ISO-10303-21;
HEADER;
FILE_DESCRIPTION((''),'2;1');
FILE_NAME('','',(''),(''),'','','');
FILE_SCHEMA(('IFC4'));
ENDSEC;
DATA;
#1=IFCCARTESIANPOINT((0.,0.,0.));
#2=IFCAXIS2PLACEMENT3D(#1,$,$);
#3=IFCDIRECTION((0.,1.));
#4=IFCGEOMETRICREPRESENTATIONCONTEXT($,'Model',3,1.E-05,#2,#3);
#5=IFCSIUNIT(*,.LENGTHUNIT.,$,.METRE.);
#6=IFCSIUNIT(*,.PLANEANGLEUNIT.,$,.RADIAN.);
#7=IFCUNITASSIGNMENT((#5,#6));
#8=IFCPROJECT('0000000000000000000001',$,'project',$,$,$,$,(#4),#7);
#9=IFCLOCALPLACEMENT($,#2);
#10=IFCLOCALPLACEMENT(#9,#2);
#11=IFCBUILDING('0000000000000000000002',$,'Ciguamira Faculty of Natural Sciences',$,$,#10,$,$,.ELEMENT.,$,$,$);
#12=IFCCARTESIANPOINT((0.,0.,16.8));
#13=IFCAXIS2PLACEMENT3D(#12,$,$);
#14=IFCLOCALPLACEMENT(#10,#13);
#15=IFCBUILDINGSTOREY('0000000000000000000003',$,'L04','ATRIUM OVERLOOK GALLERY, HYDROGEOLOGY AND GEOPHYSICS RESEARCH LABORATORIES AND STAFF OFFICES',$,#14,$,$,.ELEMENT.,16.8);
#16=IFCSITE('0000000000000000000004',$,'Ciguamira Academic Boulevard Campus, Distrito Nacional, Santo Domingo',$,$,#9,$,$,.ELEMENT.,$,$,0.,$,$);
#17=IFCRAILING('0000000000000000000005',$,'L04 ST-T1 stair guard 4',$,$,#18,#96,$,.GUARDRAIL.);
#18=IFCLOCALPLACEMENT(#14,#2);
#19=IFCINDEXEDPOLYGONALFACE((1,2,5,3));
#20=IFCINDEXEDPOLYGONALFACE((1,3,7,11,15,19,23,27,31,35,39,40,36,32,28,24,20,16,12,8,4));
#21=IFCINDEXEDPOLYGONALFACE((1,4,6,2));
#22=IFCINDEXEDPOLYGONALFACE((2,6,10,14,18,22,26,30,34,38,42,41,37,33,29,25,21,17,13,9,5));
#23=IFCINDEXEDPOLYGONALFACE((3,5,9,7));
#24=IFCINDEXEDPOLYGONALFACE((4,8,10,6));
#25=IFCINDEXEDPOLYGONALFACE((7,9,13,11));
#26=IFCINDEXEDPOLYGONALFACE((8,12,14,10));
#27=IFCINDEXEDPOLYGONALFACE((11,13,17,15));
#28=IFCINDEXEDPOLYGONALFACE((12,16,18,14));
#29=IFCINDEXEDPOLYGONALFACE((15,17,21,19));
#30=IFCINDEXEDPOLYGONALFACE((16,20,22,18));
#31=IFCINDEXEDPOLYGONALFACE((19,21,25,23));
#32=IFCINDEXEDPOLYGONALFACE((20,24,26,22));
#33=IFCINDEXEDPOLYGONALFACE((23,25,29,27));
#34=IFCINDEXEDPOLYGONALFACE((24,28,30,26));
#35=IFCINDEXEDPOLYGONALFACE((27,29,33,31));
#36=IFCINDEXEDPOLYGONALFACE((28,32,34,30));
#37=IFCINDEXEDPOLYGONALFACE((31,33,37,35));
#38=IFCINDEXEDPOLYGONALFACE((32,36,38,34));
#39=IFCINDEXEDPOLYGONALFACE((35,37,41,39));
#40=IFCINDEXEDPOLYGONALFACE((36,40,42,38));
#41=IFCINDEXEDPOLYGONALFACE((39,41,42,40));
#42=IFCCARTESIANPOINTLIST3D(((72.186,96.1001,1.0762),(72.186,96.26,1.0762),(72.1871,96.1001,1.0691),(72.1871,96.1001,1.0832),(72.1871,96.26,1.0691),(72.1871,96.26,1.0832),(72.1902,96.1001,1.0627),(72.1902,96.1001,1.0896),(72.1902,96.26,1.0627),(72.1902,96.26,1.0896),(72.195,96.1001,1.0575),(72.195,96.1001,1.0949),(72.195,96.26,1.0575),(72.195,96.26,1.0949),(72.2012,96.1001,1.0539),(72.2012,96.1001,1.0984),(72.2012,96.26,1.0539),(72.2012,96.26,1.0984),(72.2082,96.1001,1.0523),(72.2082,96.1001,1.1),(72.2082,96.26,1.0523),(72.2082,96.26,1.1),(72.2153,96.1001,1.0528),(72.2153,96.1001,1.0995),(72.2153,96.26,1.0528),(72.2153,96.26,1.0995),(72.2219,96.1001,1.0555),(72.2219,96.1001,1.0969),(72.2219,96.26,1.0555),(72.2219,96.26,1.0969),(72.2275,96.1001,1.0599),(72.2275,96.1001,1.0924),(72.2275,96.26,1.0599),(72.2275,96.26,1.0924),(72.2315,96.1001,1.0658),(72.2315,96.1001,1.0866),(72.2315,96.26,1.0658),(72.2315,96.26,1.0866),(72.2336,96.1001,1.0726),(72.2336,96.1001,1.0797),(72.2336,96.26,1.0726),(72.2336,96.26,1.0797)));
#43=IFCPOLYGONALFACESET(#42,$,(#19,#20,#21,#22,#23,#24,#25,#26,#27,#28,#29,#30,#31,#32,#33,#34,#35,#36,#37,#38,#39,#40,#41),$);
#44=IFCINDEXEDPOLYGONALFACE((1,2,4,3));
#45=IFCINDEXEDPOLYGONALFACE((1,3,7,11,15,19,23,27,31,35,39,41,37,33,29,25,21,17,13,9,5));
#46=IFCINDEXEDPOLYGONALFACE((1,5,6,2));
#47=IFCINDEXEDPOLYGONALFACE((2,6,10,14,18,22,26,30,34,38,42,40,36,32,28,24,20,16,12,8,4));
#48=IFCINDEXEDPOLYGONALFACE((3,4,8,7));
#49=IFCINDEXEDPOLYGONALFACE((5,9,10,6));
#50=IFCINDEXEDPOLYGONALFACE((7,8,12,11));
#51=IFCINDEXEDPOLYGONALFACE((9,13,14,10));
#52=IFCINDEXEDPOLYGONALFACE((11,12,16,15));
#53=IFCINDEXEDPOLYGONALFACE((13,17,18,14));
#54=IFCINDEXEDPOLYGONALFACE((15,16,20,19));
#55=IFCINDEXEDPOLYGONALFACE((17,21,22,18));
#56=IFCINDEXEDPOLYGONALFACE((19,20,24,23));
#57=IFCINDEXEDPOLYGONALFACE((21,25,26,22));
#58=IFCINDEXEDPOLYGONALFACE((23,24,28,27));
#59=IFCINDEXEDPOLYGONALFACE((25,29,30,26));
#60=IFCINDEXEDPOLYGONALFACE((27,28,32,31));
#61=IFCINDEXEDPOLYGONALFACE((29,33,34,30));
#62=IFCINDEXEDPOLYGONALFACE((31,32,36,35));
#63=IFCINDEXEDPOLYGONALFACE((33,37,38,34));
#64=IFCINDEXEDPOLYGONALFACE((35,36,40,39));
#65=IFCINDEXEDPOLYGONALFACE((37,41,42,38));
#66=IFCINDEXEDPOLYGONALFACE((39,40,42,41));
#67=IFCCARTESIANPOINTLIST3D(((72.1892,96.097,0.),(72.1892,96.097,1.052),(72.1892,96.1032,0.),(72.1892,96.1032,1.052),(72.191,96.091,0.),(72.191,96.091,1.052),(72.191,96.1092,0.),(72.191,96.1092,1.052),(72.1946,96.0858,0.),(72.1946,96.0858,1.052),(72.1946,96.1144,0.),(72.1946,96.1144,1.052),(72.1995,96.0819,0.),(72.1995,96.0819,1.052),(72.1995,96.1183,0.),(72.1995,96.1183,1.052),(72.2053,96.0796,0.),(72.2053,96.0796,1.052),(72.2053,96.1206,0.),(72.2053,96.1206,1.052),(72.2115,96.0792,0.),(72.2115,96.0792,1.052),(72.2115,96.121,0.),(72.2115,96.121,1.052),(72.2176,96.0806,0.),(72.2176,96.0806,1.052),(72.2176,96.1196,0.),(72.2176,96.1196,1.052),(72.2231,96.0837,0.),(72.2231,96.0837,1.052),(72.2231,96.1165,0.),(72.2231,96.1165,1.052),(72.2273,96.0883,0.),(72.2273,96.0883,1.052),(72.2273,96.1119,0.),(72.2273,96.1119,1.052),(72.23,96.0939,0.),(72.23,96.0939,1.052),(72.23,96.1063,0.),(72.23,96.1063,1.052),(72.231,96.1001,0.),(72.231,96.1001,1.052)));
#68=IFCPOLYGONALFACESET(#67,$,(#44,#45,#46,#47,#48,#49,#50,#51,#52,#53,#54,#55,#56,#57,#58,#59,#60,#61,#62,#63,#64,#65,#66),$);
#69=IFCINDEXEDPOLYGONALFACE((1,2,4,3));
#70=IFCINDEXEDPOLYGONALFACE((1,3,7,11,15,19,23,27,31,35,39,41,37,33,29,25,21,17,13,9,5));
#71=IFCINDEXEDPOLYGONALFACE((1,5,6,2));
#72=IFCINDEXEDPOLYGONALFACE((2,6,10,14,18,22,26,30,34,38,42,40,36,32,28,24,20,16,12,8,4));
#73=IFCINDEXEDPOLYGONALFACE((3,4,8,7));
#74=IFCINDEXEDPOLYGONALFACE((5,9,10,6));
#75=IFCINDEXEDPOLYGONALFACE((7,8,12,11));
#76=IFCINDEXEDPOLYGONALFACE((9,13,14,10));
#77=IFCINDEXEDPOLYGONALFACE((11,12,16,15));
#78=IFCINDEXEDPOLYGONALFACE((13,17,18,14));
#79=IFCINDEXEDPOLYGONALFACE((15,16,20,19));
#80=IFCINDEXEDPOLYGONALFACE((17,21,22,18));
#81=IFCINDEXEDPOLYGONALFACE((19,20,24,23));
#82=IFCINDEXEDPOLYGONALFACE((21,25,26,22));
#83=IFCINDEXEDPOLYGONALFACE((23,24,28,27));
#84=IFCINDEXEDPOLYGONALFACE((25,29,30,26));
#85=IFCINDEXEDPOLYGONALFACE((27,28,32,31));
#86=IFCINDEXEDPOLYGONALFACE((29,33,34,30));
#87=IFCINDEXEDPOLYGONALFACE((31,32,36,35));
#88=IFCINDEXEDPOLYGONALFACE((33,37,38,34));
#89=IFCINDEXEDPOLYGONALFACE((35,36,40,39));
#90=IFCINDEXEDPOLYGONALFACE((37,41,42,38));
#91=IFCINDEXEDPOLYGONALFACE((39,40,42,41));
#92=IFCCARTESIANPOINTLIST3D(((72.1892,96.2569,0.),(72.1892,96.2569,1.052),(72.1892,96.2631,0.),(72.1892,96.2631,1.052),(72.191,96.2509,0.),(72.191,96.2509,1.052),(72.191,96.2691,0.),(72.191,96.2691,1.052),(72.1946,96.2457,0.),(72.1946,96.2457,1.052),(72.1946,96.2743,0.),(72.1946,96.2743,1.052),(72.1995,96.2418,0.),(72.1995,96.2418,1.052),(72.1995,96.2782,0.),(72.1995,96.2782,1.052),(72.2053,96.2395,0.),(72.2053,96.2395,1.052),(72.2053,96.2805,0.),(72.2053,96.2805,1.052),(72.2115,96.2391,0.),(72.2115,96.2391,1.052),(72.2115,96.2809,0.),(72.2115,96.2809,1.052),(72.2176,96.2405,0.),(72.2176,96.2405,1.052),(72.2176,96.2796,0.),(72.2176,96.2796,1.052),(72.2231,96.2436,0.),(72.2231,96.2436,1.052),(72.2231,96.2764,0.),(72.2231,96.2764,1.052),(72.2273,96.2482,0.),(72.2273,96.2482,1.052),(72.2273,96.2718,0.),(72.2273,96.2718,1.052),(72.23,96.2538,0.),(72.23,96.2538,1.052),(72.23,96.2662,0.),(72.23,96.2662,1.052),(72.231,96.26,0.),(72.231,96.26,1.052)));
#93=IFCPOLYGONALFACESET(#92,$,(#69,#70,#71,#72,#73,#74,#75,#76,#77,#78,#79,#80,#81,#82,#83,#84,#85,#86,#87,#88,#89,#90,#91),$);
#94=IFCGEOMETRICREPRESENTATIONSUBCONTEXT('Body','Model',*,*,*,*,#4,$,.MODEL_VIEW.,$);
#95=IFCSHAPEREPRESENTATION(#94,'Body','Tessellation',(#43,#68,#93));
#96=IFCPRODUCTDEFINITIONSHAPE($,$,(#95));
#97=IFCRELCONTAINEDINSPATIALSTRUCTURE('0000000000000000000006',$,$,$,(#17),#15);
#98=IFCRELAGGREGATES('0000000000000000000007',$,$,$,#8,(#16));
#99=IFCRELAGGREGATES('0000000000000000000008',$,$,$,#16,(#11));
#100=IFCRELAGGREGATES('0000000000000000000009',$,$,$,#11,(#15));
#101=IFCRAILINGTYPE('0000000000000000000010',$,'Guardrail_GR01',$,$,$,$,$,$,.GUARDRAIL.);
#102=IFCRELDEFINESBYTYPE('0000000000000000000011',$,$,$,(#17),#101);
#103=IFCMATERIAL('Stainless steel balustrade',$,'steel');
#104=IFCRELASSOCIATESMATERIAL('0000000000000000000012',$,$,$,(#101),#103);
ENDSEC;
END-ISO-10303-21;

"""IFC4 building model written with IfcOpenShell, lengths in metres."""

from ifc_helpers import new_model, si_unit, direction, frame, origin, origin_2d, place, context, subcontext, project, spatial, circle, extrude, material, type_object, element, save


model = new_model("IFC4")

# Units and contexts
model_context = context("Model", 3, precision=1e-05, world=origin(), true_north=direction((0.0, 1.0)))
body_context = subcontext(model_context, "Body", "Model", "MODEL_VIEW")
ifc_project = project(units=[si_unit("LENGTHUNIT", "METRE"), si_unit("PLANEANGLEUNIT", "RADIAN")], contexts=[model_context])

# Site, building, storey
site_placement = place(None, origin())
site = spatial("IfcSite", under=ifc_project, at=site_placement, Name="Ciguamira Academic Boulevard Campus, Distrito Nacional, Santo Domingo", CompositionType="ELEMENT", RefElevation=0.0)
building_placement = place(site_placement, origin())
building = spatial("IfcBuilding", under=site, at=building_placement, Name="Ciguamira Faculty of Natural Sciences", CompositionType="ELEMENT")
storey_placement = place(building_placement, frame((0.0, 0.0, 16.8)))
storey = spatial("IfcBuildingStorey", under=building, at=storey_placement, Name="L04", Description="ATRIUM OVERLOOK GALLERY, HYDROGEOLOGY AND GEOPHYSICS RESEARCH LABORATORIES AND STAFF OFFICES", CompositionType="ELEMENT", Elevation=16.8)

# Railing
ifc_material_1 = material(Name="Stainless steel balustrade", Category="steel")
railing_type_1 = type_object("IfcRailingType", Name="Guardrail_GR01", PredefinedType="GUARDRAIL", material=ifc_material_1)
railing_1_placement = place(storey_placement, frame((72.21, 96.1001, 0.0)))
element("IfcRailing", 1, at=railing_1_placement, inside=storey, type_object=railing_type_1, Name="L04 ST-T1 stair guard 4", PredefinedType="GUARDRAIL", context=body_context, shape_type="SweptSolid", body=[
    extrude(circle(Radius=0.0239, at=origin_2d()), frame((0.0, 0.0, 1.0762), z_axis=(0.0, 1.0, 0.0), x_axis=(-1.0, 0.0, 0.0)), (0.0, 0.0, 1.0), 0.1599),
    extrude(circle(Radius=0.021, at=origin_2d()), origin(), (0.0, 0.0, 1.0), 1.052),
    extrude(circle(Radius=0.021, at=origin_2d()), frame((0.0, 0.1599, 0.0)), (0.0, 0.0, 1.0), 1.052),
])

save(model, "model.ifc")
